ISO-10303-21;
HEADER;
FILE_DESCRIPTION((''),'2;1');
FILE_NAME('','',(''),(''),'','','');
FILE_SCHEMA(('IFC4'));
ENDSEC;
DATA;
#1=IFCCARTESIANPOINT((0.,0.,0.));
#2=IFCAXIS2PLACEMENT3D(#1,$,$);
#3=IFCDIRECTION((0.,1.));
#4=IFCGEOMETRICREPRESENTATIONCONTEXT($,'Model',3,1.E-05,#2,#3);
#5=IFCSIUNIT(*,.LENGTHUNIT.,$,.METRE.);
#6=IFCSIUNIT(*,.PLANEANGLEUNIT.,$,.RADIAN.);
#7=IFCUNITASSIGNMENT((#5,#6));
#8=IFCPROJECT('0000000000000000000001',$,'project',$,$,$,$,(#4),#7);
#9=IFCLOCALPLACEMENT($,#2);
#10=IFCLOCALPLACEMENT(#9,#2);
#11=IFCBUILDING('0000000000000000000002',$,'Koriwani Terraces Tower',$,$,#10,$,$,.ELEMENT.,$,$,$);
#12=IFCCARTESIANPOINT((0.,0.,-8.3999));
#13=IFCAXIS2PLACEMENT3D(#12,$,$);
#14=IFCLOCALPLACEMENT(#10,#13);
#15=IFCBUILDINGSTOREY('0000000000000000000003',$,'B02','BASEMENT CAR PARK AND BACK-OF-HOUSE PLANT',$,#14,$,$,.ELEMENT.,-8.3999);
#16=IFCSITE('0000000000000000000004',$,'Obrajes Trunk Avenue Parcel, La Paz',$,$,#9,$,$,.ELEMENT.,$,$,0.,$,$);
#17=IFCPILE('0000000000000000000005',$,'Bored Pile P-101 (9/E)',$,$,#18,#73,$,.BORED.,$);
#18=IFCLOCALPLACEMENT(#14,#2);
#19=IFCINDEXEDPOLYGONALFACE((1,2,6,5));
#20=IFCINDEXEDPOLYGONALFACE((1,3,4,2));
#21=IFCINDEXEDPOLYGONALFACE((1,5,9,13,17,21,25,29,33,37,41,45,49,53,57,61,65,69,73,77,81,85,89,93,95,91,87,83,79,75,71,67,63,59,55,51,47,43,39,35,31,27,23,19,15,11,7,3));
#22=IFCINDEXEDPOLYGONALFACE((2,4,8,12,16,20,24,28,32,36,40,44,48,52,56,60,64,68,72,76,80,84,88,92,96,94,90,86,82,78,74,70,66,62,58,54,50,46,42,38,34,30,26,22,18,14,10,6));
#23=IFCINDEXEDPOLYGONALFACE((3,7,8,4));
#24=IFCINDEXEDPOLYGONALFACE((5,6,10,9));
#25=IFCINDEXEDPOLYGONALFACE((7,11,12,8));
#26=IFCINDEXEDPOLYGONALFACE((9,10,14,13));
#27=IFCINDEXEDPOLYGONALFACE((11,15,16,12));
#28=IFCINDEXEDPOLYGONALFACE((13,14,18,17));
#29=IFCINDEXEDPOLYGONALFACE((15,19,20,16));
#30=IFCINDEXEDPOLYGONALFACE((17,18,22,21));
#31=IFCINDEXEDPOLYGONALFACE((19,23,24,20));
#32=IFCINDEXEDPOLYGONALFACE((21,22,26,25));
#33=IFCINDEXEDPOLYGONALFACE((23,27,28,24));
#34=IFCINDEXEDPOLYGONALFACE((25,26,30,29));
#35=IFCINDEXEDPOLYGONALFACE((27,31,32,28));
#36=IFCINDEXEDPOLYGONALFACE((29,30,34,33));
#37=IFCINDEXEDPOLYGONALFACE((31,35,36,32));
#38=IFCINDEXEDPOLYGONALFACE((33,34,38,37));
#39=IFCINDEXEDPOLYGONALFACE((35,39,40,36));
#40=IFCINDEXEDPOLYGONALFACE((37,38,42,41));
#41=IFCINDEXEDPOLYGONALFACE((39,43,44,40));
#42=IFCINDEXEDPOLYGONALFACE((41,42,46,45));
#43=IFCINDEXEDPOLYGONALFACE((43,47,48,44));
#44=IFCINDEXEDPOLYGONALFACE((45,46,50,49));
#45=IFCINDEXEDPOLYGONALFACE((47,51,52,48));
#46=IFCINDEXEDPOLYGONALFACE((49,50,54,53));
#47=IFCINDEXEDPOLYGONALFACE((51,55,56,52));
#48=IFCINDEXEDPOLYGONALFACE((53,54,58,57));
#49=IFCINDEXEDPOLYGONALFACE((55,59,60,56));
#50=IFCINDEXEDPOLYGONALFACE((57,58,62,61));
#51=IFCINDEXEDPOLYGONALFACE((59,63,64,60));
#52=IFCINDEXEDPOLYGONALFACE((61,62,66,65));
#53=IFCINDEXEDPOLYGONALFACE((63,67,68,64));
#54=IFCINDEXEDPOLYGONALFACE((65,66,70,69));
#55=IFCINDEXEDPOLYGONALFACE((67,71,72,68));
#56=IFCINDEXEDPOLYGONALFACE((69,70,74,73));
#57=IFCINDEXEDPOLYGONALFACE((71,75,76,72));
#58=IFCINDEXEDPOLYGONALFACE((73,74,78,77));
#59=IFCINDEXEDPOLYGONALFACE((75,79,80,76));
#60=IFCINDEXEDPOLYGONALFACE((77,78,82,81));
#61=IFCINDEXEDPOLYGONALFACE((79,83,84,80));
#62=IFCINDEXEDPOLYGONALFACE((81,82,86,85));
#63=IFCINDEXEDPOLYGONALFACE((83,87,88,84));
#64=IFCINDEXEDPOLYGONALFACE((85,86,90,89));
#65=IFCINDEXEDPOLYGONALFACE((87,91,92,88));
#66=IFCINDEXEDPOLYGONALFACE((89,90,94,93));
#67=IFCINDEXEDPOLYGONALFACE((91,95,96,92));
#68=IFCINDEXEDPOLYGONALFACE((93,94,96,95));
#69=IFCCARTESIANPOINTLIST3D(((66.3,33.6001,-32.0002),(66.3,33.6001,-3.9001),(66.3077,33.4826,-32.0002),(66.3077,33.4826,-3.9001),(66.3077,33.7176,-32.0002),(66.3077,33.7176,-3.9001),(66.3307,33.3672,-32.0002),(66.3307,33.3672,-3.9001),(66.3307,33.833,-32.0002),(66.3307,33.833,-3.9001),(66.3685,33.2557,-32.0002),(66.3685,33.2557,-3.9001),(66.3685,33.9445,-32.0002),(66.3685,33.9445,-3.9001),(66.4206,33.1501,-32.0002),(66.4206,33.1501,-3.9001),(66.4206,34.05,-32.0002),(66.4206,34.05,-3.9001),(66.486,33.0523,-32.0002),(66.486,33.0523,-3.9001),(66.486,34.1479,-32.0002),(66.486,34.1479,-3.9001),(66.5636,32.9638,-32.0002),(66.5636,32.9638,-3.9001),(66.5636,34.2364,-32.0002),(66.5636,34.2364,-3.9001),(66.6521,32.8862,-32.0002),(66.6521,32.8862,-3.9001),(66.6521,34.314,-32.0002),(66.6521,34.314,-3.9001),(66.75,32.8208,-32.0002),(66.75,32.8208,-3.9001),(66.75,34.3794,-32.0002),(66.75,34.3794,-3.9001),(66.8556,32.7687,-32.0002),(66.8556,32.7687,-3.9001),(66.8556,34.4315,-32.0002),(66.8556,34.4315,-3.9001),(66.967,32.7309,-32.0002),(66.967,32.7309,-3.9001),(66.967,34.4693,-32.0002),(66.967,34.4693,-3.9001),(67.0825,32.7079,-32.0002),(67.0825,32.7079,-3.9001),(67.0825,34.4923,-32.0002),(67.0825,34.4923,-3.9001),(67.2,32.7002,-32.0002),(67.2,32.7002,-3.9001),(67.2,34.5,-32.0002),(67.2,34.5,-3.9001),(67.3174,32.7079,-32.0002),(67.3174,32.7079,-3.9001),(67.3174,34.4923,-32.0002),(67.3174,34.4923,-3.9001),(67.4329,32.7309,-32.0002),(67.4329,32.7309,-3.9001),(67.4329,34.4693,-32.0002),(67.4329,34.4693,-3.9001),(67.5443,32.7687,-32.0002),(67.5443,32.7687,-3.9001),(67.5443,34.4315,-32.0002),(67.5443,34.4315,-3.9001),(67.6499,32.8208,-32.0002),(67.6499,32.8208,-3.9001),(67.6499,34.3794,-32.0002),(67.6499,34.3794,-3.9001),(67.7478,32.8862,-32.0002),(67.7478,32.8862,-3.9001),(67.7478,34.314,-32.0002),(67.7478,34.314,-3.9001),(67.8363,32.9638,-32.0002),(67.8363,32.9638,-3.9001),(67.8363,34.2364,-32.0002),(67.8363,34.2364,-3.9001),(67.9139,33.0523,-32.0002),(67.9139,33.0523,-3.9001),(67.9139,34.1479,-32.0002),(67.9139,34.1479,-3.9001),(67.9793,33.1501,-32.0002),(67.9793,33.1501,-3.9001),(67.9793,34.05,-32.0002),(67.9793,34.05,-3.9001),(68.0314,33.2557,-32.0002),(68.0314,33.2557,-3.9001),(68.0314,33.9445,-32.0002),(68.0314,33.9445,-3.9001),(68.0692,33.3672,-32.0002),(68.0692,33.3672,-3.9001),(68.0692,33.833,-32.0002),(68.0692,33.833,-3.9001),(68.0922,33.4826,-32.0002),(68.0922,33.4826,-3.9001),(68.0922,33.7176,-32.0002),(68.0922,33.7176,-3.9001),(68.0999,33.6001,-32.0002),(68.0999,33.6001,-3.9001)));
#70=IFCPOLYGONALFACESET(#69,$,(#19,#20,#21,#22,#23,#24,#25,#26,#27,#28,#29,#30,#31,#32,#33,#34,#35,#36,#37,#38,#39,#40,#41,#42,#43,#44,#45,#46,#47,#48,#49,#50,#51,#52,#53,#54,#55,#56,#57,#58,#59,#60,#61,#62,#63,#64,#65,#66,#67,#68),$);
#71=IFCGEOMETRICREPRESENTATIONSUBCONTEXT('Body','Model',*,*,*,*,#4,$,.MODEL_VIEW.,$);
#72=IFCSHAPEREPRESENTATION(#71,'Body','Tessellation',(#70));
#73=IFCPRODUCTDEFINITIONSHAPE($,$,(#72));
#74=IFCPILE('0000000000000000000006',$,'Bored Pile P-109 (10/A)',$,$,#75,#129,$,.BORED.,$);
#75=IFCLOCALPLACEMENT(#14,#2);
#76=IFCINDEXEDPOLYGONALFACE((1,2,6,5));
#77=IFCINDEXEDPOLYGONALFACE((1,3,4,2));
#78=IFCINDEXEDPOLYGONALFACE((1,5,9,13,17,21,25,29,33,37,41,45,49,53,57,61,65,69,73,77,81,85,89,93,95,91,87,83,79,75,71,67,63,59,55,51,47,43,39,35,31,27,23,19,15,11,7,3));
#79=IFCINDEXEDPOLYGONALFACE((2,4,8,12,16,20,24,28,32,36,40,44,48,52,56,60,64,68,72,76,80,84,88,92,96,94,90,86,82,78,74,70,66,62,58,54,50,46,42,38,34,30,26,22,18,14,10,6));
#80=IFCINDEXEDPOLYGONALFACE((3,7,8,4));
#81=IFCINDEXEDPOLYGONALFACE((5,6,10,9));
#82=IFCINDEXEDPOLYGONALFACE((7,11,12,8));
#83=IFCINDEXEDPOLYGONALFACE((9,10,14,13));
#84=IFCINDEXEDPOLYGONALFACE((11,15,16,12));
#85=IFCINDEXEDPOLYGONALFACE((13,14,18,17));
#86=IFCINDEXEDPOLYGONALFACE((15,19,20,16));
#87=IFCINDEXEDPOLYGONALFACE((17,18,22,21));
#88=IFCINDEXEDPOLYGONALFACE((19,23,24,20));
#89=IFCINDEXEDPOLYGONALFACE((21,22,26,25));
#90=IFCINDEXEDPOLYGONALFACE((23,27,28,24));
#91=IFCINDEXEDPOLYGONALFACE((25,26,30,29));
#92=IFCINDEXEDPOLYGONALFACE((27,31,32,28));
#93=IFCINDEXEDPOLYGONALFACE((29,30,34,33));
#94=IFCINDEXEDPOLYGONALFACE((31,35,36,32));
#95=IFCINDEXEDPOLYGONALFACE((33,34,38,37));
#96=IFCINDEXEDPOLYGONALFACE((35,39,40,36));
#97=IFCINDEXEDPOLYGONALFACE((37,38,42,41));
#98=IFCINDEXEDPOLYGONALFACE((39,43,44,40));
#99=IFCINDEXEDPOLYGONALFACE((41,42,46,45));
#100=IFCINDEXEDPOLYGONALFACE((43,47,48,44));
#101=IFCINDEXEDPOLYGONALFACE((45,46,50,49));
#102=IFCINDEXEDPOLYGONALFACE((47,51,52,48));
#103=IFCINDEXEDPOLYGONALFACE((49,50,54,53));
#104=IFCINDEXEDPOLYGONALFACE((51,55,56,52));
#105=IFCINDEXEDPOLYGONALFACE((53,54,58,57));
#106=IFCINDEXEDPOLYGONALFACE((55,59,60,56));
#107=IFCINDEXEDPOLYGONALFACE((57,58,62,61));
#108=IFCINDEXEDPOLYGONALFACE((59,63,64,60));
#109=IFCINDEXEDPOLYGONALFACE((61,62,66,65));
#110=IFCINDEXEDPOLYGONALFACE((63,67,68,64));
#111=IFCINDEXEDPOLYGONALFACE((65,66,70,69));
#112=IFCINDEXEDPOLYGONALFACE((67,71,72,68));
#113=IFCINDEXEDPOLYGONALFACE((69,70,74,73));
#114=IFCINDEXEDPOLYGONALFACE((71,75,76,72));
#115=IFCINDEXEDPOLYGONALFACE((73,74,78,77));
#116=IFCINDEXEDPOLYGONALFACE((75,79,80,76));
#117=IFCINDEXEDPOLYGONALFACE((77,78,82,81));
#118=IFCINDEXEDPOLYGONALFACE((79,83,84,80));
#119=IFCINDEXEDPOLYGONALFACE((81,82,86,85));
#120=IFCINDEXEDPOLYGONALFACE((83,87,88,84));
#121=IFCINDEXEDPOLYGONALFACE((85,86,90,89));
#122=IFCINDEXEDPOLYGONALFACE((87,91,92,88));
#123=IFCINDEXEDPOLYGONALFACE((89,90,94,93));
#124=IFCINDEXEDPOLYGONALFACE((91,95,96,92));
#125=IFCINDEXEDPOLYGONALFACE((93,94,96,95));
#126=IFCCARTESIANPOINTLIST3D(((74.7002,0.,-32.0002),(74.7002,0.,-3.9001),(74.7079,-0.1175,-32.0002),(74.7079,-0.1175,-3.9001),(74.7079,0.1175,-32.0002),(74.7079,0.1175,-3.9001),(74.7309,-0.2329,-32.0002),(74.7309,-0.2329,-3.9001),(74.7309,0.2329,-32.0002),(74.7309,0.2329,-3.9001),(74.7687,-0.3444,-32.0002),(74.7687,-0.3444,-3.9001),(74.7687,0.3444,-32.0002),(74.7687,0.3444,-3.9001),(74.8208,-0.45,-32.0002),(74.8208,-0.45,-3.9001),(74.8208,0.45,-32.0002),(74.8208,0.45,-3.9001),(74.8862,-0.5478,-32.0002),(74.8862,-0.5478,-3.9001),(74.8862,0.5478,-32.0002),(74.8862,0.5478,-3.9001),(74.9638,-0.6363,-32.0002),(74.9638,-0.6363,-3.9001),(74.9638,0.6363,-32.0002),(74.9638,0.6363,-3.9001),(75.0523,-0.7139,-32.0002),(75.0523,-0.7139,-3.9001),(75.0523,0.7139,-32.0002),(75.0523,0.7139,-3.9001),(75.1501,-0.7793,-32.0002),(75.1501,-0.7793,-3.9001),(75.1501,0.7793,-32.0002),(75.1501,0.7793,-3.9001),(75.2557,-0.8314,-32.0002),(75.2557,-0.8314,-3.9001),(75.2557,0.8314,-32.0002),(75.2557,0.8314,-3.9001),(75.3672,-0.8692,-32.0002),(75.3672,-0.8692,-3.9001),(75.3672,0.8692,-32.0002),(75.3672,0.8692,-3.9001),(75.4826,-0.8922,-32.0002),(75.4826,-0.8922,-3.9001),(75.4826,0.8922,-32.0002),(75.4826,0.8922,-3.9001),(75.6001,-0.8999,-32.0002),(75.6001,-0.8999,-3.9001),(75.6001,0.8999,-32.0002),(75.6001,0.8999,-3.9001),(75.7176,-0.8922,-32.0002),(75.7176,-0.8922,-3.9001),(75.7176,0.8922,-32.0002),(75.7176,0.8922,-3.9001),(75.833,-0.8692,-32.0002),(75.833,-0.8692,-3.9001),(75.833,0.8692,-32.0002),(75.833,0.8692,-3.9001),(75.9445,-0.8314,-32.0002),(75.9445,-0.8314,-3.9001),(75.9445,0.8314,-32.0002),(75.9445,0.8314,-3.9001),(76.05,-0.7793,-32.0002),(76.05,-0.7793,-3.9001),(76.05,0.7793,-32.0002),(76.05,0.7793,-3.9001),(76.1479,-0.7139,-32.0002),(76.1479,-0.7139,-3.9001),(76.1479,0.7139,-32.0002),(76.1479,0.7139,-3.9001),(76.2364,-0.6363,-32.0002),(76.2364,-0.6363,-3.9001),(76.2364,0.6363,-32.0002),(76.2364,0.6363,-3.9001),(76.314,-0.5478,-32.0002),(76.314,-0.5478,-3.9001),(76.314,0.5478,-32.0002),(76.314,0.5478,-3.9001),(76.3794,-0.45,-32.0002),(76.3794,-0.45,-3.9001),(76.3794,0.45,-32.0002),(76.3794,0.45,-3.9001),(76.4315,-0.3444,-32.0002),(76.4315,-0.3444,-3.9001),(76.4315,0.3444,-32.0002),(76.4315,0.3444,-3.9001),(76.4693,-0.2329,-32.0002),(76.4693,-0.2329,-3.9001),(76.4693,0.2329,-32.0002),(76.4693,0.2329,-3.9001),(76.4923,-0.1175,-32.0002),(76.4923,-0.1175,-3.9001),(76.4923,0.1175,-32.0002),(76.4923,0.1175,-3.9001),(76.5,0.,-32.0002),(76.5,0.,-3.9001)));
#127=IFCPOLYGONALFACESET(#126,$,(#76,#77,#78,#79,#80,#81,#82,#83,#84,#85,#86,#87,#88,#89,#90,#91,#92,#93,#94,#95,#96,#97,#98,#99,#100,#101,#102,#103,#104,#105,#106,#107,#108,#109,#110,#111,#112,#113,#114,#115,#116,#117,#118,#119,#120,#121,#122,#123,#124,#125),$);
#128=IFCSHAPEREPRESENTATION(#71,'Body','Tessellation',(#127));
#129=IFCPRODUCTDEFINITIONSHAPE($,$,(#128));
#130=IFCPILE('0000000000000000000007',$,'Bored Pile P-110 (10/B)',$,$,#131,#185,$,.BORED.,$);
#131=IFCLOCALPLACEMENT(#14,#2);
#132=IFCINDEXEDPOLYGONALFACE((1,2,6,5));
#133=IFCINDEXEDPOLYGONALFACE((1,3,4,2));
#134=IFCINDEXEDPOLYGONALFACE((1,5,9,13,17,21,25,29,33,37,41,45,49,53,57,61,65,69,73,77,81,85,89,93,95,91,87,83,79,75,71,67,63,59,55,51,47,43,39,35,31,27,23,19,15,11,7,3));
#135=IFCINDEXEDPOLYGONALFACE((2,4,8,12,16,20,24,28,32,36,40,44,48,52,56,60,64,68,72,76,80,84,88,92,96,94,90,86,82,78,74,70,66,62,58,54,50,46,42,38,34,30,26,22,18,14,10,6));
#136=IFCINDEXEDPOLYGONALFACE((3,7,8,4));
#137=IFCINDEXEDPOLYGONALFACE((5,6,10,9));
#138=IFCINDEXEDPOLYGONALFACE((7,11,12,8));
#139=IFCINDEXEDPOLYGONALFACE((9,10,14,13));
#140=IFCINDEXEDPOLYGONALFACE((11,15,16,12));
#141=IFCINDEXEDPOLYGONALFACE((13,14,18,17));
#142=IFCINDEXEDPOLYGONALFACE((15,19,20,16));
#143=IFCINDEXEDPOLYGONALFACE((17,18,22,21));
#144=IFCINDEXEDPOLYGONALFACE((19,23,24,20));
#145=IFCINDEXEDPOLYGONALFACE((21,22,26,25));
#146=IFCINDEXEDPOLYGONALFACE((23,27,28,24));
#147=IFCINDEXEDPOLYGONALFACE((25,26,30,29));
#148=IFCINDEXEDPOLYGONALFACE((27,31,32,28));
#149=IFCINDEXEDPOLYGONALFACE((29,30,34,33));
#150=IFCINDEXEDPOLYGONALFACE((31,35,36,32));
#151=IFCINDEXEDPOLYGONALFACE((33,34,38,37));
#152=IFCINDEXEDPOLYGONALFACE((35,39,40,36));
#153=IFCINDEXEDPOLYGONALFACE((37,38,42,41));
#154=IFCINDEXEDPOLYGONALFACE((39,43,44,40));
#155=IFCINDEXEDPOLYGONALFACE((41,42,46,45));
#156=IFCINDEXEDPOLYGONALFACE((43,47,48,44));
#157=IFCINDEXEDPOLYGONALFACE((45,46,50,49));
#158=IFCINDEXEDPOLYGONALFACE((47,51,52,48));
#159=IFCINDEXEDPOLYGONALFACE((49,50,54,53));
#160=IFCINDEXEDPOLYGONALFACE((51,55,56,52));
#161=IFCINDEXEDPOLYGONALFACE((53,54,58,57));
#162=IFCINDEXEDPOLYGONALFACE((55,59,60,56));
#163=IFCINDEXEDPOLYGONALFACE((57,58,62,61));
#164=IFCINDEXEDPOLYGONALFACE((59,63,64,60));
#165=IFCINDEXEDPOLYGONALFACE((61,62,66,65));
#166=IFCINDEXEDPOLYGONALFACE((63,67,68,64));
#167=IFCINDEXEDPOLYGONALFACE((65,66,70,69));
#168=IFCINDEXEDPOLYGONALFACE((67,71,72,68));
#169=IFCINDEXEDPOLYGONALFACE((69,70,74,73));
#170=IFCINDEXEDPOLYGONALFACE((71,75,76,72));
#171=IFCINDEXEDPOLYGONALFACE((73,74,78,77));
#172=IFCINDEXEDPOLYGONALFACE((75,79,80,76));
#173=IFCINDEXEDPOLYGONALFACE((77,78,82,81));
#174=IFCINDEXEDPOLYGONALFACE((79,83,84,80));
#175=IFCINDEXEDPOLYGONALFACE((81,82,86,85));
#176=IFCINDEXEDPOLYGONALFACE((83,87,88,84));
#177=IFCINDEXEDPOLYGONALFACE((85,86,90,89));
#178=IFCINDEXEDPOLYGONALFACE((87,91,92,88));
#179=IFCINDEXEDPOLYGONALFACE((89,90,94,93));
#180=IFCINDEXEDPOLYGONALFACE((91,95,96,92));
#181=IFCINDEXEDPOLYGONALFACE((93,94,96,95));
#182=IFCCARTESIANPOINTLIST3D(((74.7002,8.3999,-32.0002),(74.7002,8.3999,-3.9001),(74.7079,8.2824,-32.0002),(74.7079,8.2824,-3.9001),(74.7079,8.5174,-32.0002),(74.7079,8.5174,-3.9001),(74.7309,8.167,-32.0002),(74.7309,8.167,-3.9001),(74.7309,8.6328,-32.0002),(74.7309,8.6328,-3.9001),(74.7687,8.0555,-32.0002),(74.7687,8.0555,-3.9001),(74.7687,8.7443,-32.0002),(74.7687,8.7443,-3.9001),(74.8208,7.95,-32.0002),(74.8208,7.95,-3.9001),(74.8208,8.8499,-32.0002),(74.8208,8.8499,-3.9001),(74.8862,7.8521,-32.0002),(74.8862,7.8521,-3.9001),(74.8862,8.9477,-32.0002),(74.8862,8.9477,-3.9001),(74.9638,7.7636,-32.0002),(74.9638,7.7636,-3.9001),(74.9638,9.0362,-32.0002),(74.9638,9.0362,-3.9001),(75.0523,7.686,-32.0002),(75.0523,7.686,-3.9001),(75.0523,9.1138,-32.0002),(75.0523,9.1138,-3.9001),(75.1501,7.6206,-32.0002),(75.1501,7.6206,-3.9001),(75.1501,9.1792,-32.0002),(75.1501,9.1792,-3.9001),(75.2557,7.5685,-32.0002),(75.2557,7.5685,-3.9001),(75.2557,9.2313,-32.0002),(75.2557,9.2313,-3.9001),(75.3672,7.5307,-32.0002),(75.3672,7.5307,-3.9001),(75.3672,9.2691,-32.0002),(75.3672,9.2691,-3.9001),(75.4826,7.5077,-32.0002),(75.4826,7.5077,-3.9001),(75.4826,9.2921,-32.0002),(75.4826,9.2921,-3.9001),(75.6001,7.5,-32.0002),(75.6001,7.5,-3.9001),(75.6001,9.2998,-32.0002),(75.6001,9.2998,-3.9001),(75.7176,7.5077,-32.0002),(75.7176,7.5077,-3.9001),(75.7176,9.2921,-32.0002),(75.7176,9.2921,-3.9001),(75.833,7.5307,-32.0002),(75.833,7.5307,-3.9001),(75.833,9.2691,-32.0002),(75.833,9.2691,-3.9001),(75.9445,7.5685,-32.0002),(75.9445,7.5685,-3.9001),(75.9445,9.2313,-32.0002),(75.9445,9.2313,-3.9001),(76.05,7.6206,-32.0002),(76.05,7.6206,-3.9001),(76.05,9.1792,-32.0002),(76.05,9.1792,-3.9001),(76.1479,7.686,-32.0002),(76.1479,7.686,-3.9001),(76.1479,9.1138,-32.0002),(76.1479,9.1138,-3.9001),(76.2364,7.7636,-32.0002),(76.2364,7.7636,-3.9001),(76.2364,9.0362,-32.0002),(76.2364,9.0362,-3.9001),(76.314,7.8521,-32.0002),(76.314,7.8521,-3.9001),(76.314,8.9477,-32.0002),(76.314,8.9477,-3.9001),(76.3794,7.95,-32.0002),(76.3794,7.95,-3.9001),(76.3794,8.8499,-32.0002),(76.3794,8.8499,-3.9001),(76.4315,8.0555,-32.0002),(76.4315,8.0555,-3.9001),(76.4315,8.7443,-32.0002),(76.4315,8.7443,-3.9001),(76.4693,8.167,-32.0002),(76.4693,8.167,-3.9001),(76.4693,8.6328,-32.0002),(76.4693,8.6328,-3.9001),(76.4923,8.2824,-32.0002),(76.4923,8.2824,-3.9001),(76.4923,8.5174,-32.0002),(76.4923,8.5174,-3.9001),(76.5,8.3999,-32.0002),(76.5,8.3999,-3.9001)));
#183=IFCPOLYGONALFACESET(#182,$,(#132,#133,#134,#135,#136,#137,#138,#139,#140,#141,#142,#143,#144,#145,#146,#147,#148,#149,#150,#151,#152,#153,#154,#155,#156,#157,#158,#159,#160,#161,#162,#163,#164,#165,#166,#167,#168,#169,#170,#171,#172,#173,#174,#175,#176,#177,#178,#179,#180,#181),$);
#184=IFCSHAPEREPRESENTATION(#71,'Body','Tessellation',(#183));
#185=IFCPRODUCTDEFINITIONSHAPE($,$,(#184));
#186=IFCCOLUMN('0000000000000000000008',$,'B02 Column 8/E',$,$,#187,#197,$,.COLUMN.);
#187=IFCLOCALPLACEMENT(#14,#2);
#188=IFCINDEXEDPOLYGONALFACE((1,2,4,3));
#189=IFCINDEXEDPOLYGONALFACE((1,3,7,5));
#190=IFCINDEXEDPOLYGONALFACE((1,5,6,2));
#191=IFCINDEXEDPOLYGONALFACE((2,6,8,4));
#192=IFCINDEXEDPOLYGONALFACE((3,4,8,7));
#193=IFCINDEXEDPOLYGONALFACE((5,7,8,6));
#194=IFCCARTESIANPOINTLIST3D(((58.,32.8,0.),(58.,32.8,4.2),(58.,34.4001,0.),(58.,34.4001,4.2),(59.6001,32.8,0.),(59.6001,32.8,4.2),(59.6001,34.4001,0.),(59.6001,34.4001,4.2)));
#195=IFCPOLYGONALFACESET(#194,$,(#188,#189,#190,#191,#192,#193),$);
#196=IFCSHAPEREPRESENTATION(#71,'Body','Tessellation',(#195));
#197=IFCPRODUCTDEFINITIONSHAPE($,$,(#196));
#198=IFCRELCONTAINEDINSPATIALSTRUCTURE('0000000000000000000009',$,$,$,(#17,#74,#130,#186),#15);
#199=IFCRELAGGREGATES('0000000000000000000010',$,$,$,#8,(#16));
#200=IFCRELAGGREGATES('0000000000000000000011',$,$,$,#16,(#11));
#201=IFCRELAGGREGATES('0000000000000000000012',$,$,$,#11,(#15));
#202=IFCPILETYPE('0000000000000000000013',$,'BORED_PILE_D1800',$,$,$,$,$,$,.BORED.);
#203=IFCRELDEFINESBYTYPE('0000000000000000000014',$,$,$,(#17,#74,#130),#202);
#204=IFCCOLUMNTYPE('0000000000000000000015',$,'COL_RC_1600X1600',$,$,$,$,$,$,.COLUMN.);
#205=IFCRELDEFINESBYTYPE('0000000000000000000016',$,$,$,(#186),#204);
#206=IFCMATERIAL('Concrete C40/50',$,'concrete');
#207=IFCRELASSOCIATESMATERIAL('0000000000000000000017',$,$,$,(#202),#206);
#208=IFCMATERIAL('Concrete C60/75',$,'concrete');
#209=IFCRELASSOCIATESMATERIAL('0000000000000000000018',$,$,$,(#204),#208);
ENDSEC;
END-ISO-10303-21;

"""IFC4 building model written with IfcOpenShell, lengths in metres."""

from ifc_helpers import new_model, si_unit, direction, frame, origin, origin_2d, place, context, subcontext, project, spatial, rectangle, circle, extrude, material, material_profile, profile_set, type_object, element, save


model = new_model("IFC4")

# Units and contexts
model_context = context("Model", 3, precision=1e-05, world=origin(), true_north=direction((0.0, 1.0)))
body_context = subcontext(model_context, "Body", "Model", "MODEL_VIEW")
ifc_project = project(units=[si_unit("LENGTHUNIT", "METRE"), si_unit("PLANEANGLEUNIT", "RADIAN")], contexts=[model_context])

# Site, building, storey
site_placement = place(None, origin())
site = spatial("IfcSite", under=ifc_project, at=site_placement, Name="Obrajes Trunk Avenue Parcel, La Paz", CompositionType="ELEMENT", RefElevation=0.0)
building_placement = place(site_placement, origin())
building = spatial("IfcBuilding", under=site, at=building_placement, Name="Koriwani Terraces Tower", CompositionType="ELEMENT")
storey_placement = place(building_placement, frame((0.0, 0.0, -8.3999)))
storey = spatial("IfcBuildingStorey", under=building, at=storey_placement, Name="B02", Description="BASEMENT CAR PARK AND BACK-OF-HOUSE PLANT", CompositionType="ELEMENT", Elevation=-8.3999)

# Piles
ifc_material_1 = material(Name="Concrete C40/50", Category="concrete")
ifc_material_profile_1 = material_profile(ifc_material_1, circle(Radius=0.8999, at=origin_2d()), Name="Concrete C40/50")
ifc_profile_set_1 = profile_set([ifc_material_profile_1], Name="Concrete C40/50")
pile_type = type_object("IfcPileType", Name="BORED_PILE_D1800", PredefinedType="BORED", material=ifc_profile_set_1)
for number, where, z_axis, x_axis, name in (
    (1, (67.2, 33.6001, -3.9001), (0.0, 0.0, -1.0), (1.0, 0.0, 0.0), "Bored Pile P-101 (9/E)"),
    (2, (75.6001, 0.0, -3.9001), (0.0, 0.0, -1.0), (1.0, 0.0, 0.0), "Bored Pile P-109 (10/A)"),
    (3, (75.6001, 8.3999, -3.9001), (0.0, 0.0, -1.0), (1.0, 0.0, 0.0), "Bored Pile P-110 (10/B)"),
):
    element("IfcPile", number, at=place(storey_placement, frame(where, z_axis=z_axis, x_axis=x_axis)), inside=storey, type_object=pile_type, Name=name, PredefinedType="BORED", context=body_context, shape_type="SweptSolid", body=[
        extrude(circle(Radius=0.8999, at=origin_2d()), origin(), (0.0, 0.0, 1.0), 28.1001),
    ])

# Column
ifc_material_2 = material(Name="Concrete C60/75", Category="concrete")
ifc_material_profile_2 = material_profile(ifc_material_2, rectangle(XDim=1.6001, YDim=1.6001, at=origin_2d()), Name="Concrete C60/75", Category="LoadBearing")
ifc_profile_set_2 = profile_set([ifc_material_profile_2], Name="Concrete C60/75")
column_type_1 = type_object("IfcColumnType", Name="COL_RC_1600X1600", PredefinedType="COLUMN", material=ifc_profile_set_2)
column_placement = place(storey_placement, frame((58.8, 33.6001, 0.0), z_axis=(0.0, 0.0, 1.0), x_axis=(1.0, 0.0, 0.0)))
element("IfcColumn", 4, at=column_placement, inside=storey, type_object=column_type_1, Name="B02 Column 8/E", PredefinedType="COLUMN", context=body_context, shape_type="SweptSolid", body=[
    extrude(rectangle(XDim=1.6001, YDim=1.6001, at=origin_2d()), origin(), (0.0, 0.0, 1.0), 4.2),
])

save(model, "model.ifc")
